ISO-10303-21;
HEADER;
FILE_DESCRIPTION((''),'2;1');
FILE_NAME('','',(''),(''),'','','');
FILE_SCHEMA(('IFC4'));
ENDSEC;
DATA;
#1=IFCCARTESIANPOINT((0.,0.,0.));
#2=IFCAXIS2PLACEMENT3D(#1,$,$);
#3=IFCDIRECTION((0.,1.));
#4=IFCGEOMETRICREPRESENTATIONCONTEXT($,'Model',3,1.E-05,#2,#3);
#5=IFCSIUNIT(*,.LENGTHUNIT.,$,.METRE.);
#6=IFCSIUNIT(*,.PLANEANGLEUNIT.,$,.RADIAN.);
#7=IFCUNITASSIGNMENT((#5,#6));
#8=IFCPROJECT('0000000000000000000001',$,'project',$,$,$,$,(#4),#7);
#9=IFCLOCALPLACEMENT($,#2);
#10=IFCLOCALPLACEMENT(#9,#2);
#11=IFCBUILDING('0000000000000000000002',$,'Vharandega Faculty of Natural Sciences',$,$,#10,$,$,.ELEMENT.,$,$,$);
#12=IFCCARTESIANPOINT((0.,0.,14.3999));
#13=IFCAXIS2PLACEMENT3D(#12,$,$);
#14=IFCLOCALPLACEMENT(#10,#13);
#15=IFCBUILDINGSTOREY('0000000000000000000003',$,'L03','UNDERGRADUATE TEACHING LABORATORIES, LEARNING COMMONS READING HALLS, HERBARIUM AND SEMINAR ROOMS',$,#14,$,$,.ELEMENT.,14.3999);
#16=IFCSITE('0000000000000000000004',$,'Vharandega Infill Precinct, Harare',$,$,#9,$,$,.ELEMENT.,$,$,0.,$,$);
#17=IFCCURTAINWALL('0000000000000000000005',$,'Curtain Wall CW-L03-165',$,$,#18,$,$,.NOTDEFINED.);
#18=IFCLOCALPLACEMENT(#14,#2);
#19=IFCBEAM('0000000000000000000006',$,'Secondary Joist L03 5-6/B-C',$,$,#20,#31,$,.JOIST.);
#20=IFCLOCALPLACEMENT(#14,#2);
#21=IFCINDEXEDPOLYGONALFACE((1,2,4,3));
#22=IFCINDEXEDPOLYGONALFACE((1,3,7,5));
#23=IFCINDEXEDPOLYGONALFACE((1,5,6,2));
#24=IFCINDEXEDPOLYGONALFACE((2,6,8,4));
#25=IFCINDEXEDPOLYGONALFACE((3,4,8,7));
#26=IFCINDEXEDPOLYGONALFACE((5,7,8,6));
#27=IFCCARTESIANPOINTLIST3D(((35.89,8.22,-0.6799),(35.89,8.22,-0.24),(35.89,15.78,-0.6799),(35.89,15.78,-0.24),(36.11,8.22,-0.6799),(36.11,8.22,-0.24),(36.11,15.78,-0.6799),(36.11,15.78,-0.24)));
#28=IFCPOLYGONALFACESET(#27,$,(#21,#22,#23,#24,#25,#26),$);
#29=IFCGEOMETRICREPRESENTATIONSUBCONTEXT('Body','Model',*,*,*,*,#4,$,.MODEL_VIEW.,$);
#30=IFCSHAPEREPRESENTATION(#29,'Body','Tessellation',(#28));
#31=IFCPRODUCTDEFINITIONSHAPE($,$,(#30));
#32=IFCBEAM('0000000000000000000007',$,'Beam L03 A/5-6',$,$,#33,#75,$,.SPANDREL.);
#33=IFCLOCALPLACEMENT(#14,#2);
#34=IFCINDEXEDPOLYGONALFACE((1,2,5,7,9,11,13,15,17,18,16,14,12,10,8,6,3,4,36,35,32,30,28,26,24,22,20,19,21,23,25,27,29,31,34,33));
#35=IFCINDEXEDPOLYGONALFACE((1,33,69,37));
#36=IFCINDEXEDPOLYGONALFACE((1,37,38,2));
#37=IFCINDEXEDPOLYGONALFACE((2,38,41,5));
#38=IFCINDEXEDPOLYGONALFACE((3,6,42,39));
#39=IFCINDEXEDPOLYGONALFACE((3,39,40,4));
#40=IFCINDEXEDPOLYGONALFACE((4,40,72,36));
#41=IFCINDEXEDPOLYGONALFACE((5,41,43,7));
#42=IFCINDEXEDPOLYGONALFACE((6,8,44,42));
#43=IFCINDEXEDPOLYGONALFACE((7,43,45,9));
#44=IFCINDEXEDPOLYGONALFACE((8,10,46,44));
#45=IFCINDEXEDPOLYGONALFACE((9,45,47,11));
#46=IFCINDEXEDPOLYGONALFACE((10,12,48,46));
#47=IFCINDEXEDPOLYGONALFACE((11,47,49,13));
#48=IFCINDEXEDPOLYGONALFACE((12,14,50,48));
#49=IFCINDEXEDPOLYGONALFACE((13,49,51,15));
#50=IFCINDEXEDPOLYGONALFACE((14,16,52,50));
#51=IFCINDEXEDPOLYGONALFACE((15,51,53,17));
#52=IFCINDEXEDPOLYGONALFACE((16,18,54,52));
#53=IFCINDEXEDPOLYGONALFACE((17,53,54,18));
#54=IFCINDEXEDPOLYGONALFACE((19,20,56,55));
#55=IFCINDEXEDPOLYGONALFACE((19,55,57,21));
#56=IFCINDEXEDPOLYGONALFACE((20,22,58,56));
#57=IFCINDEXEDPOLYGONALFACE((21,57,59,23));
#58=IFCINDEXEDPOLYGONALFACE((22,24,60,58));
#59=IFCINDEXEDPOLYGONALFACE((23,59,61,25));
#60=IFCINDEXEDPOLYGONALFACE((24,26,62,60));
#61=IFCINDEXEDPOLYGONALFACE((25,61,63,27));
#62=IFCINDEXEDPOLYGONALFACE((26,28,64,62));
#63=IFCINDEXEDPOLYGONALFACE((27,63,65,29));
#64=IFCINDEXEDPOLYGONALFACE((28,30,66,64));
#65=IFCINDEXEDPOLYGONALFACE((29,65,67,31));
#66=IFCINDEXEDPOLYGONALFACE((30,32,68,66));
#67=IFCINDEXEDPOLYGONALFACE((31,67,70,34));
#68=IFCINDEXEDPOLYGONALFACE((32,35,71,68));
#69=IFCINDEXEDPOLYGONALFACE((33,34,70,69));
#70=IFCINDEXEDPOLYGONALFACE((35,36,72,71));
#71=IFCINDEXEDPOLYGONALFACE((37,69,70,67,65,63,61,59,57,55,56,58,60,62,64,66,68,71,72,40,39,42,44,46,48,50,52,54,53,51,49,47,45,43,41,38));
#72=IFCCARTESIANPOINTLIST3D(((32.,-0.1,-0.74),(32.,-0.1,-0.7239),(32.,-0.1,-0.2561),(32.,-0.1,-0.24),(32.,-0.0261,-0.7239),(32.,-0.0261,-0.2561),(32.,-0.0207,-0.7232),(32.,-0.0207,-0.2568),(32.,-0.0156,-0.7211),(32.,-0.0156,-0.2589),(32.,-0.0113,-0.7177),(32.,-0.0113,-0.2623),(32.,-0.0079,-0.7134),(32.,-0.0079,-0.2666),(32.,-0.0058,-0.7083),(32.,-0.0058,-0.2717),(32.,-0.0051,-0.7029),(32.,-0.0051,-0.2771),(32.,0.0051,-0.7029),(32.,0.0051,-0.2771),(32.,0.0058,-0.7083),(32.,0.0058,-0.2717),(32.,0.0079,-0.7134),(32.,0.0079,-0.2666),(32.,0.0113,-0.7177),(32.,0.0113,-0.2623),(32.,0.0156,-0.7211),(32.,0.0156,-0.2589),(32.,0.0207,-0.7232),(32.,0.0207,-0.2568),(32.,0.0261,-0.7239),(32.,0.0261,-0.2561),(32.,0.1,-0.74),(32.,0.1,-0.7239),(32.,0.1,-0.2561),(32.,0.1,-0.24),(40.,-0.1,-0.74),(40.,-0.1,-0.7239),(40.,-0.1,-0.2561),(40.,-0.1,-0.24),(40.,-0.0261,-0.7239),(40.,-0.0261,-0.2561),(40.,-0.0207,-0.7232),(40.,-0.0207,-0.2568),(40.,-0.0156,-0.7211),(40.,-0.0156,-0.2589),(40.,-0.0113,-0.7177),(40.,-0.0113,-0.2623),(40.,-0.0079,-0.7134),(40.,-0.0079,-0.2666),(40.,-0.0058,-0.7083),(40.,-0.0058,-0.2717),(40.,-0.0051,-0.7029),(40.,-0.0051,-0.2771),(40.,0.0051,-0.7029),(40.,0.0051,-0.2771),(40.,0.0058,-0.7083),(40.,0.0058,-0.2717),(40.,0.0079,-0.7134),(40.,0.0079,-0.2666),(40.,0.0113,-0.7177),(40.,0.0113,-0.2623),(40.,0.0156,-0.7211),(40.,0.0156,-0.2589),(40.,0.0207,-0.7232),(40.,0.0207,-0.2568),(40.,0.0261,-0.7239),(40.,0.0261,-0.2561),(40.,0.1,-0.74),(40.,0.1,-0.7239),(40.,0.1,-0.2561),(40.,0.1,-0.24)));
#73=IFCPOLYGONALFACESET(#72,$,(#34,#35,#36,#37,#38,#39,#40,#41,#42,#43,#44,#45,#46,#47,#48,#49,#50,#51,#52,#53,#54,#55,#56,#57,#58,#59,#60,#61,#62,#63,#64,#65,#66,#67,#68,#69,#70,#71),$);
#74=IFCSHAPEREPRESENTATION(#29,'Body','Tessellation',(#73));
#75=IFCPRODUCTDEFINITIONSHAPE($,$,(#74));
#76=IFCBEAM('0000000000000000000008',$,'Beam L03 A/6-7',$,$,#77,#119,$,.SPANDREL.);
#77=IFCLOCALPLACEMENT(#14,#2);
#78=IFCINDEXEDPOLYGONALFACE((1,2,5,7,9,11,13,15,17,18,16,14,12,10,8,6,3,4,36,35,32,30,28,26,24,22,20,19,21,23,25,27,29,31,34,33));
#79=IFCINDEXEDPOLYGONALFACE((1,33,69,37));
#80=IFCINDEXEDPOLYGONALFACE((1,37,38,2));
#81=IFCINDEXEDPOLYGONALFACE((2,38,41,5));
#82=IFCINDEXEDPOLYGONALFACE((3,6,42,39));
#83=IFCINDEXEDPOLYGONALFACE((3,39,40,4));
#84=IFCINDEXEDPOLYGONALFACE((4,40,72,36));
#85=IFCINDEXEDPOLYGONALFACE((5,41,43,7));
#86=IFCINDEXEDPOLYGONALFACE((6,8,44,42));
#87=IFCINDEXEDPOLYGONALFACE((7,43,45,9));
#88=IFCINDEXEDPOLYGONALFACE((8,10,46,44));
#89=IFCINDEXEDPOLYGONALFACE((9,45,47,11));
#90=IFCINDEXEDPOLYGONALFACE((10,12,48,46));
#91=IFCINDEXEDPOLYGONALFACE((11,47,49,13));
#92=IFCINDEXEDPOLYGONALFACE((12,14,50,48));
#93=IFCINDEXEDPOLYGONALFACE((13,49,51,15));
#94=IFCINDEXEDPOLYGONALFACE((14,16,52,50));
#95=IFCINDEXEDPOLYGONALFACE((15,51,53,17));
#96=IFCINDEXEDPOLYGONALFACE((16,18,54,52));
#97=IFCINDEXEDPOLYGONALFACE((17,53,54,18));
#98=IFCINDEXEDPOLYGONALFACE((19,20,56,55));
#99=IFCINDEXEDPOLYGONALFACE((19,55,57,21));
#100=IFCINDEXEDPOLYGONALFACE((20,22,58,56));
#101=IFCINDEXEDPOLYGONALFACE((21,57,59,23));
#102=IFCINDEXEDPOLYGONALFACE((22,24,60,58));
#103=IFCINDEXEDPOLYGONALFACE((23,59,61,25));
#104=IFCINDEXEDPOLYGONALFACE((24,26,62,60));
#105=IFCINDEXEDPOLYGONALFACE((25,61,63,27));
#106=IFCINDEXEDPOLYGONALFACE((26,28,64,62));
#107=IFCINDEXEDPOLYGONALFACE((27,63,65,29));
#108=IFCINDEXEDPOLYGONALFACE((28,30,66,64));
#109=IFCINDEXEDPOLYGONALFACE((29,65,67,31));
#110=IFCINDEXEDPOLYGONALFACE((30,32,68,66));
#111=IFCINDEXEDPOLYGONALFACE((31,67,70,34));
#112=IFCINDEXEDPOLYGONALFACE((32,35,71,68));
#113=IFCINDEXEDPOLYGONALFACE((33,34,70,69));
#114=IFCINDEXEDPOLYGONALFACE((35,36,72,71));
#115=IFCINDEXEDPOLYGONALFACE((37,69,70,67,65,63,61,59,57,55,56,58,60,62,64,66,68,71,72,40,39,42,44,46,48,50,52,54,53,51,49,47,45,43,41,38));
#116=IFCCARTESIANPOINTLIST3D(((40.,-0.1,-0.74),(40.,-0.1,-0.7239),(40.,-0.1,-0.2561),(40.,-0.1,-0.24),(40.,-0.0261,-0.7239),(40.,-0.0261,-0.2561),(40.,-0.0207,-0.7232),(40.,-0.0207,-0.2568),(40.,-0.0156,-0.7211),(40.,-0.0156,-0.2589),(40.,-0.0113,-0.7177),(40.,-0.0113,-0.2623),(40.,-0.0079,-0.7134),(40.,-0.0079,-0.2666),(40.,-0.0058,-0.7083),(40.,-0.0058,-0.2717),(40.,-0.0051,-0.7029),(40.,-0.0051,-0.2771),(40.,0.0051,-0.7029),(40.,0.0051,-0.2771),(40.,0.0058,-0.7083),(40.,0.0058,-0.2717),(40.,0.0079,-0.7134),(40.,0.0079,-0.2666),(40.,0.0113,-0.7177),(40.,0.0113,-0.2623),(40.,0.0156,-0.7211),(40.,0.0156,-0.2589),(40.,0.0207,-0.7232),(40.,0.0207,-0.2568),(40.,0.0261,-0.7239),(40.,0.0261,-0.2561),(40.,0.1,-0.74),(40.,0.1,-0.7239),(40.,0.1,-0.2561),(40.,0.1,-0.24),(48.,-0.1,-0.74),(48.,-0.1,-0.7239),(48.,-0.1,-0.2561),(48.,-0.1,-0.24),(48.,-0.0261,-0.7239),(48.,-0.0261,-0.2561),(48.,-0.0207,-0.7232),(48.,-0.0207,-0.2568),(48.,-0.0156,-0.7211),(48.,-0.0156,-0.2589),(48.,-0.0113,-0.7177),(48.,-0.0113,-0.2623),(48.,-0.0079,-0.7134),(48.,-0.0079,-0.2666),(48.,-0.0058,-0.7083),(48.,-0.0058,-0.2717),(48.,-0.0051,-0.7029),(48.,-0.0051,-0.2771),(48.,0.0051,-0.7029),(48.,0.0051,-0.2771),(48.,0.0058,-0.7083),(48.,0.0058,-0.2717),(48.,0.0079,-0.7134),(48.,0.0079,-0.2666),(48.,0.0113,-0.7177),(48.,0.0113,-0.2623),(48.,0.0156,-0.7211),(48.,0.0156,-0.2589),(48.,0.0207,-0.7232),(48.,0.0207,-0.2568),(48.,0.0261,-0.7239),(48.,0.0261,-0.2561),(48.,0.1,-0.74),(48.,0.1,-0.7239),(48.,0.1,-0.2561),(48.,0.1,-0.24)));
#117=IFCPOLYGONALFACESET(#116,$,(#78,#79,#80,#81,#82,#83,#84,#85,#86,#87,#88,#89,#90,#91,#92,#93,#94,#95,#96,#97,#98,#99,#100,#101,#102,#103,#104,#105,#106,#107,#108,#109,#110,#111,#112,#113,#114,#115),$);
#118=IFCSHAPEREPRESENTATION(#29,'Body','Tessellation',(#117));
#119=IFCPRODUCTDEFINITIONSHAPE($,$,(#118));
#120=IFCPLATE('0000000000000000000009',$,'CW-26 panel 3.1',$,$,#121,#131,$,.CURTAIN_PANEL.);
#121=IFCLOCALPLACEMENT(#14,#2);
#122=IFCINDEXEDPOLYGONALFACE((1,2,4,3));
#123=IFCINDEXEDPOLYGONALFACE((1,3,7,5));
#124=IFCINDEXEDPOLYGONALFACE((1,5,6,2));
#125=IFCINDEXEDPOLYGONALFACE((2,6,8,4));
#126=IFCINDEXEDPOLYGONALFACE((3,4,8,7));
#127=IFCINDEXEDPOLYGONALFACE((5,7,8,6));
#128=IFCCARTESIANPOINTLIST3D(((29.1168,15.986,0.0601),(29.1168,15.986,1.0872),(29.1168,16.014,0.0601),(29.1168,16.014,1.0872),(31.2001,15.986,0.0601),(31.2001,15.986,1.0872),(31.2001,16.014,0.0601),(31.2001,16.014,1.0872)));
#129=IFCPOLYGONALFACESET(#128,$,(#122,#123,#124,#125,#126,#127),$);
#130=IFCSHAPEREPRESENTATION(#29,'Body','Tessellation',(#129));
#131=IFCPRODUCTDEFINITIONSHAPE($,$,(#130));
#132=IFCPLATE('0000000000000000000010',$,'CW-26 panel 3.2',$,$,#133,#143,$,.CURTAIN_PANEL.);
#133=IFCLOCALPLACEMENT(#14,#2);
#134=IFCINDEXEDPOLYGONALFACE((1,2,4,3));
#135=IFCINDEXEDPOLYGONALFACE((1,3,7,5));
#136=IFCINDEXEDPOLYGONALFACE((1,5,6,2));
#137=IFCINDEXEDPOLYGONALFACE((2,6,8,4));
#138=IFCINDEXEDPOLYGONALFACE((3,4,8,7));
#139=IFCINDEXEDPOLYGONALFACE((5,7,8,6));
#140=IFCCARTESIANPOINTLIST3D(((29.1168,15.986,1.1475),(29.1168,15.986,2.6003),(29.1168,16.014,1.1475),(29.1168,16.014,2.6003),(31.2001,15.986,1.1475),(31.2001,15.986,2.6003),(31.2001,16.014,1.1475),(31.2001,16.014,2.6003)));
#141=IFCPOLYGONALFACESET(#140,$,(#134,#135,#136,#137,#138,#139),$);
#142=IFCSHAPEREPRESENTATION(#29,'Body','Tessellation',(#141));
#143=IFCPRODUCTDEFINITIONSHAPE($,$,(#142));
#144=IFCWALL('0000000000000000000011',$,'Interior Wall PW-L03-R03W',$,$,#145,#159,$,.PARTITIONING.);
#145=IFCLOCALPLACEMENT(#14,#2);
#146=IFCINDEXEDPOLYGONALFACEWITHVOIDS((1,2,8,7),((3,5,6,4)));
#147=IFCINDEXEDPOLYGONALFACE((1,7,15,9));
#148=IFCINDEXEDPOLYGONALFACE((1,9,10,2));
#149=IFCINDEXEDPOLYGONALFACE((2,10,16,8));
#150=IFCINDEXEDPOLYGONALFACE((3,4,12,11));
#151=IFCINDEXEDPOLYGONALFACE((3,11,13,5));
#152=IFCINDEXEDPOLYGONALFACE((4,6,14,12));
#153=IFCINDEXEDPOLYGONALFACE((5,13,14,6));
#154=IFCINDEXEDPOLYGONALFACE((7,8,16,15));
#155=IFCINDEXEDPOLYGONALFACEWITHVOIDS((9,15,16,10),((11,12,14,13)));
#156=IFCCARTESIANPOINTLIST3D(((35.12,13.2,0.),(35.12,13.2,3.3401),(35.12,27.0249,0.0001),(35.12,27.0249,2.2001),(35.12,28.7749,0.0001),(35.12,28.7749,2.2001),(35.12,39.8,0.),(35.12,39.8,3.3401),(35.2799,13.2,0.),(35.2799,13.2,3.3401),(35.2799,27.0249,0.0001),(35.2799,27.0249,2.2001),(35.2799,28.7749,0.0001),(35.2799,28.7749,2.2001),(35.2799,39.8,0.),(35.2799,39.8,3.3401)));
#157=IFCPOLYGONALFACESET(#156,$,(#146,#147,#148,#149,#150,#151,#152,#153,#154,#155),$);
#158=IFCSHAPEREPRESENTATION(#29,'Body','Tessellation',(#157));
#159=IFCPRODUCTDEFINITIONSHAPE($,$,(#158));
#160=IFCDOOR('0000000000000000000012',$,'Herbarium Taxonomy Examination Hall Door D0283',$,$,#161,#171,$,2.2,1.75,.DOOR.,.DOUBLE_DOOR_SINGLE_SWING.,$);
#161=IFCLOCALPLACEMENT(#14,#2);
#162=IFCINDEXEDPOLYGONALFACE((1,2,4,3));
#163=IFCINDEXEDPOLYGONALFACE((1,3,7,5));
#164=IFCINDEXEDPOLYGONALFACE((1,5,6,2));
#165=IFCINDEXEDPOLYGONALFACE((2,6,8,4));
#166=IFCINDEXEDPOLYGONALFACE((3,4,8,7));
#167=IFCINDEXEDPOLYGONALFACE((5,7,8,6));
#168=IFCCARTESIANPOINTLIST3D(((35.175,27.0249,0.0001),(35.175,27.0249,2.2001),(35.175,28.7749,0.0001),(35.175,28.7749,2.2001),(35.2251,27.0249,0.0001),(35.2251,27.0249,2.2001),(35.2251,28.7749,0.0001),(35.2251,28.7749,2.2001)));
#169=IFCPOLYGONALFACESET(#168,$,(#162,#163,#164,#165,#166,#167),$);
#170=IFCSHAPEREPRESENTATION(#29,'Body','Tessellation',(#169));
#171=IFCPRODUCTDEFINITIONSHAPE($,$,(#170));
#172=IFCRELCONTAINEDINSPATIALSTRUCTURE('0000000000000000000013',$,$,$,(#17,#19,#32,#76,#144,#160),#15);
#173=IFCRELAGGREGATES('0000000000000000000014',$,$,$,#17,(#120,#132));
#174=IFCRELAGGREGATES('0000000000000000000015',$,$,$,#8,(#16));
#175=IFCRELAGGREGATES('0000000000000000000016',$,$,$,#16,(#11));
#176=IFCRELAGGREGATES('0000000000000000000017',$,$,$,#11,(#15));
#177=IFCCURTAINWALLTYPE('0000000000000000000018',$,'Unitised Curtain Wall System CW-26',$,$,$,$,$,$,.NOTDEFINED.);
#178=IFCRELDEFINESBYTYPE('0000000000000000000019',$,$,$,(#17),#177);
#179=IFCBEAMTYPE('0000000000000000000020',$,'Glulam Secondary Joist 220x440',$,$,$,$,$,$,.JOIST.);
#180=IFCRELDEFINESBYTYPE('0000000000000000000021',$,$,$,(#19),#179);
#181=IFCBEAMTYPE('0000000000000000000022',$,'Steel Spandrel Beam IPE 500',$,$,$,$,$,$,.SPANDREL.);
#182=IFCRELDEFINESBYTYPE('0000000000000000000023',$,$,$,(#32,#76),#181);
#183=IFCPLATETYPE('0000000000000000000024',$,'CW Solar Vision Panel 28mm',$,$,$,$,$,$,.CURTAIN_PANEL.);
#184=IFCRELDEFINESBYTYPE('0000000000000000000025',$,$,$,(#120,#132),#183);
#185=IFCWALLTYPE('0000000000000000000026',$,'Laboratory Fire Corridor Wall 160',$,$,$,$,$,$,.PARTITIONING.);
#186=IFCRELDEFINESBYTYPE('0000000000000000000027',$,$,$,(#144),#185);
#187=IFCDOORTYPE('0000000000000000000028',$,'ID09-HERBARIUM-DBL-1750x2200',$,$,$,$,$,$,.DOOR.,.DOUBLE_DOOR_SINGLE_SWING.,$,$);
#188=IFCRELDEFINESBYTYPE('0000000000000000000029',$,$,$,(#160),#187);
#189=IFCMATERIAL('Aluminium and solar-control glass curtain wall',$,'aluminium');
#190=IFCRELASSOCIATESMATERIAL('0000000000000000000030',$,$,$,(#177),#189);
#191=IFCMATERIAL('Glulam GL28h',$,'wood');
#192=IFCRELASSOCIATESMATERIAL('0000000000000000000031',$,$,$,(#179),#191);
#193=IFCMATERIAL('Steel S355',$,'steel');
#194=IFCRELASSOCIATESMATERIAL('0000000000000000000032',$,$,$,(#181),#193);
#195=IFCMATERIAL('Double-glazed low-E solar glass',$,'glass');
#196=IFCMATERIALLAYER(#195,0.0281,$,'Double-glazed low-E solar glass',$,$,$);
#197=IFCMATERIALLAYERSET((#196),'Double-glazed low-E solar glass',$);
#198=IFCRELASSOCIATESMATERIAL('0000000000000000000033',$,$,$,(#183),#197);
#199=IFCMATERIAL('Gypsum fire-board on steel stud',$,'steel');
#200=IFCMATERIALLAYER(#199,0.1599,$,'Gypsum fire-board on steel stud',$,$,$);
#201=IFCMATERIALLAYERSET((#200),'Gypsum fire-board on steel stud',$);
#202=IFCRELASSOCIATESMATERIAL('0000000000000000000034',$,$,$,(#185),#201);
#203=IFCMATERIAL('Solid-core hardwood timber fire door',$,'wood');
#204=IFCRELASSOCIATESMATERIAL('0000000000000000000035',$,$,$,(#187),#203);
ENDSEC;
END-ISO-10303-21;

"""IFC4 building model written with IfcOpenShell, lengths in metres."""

from ifc_helpers import new_model, si_unit, direction, frame, frame_2d, origin, origin_2d, place, context, subcontext, project, spatial, rectangle, i_section, extrude, material, layer, layer_set, material_profile, profile_set, type_object, element, fill, aggregate, save


model = new_model("IFC4")

# Units and contexts
model_context = context("Model", 3, precision=1e-05, world=origin(), true_north=direction((0.0, 1.0)))
body_context = subcontext(model_context, "Body", "Model", "MODEL_VIEW")
ifc_project = project(units=[si_unit("LENGTHUNIT", "METRE"), si_unit("PLANEANGLEUNIT", "RADIAN")], contexts=[model_context])

# Site, building, storey
site_placement = place(None, origin())
site = spatial("IfcSite", under=ifc_project, at=site_placement, Name="Vharandega Infill Precinct, Harare", CompositionType="ELEMENT", RefElevation=0.0)
building_placement = place(site_placement, origin())
building = spatial("IfcBuilding", under=site, at=building_placement, Name="Vharandega Faculty of Natural Sciences", CompositionType="ELEMENT")
storey_placement = place(building_placement, frame((0.0, 0.0, 14.3999)))
storey = spatial("IfcBuildingStorey", under=building, at=storey_placement, Name="L03", Description="UNDERGRADUATE TEACHING LABORATORIES, LEARNING COMMONS READING HALLS, HERBARIUM AND SEMINAR ROOMS", CompositionType="ELEMENT", Elevation=14.3999)

# Curtain wall
ifc_material_1 = material(Name="Aluminium and solar-control glass curtain wall", Category="aluminium")
curtain_wall_type = type_object("IfcCurtainWallType", Name="Unitised Curtain Wall System CW-26", PredefinedType="NOTDEFINED", material=ifc_material_1)
curtain_wall_placement = place(storey_placement, origin())
curtain_wall = element("IfcCurtainWall", 1, at=curtain_wall_placement, inside=storey, type_object=curtain_wall_type, Name="Curtain Wall CW-L03-165", PredefinedType="NOTDEFINED")

# Beams
ifc_material_2 = material(Name="Glulam GL28h", Category="wood")
ifc_material_profile_1 = material_profile(ifc_material_2, rectangle(XDim=0.22, YDim=0.4399, at=origin_2d()), Name="GL28h 220x440")
ifc_profile_set_1 = profile_set([ifc_material_profile_1], Name="Glulam GL28h")
beam_type_1 = type_object("IfcBeamType", Name="Glulam Secondary Joist 220x440", PredefinedType="JOIST", material=ifc_profile_set_1)
beam_1_placement = place(storey_placement, frame((36.0, 8.22, -0.46), z_axis=(0.0, 1.0, 0.0), x_axis=(-1.0, 0.0, 0.0)))
element("IfcBeam", 2, at=beam_1_placement, inside=storey, type_object=beam_type_1, Name="Secondary Joist L03 5-6/B-C", PredefinedType="JOIST", context=body_context, shape_type="SweptSolid", body=[
    extrude(rectangle(XDim=0.22, YDim=0.4399, at=origin_2d()), origin(), (0.0, 0.0, 1.0), 7.5601),
])
ifc_material_3 = material(Name="Steel S355", Category="steel")
ifc_material_profile_2 = material_profile(ifc_material_3, i_section(OverallWidth=0.2, OverallDepth=0.5, WebThickness=0.0103, FlangeThickness=0.0161, FilletRadius=0.021, at=origin_2d()), Name="IPE 500")
ifc_profile_set_2 = profile_set([ifc_material_profile_2], Name="Steel S355")
beam_type_2 = type_object("IfcBeamType", Name="Steel Spandrel Beam IPE 500", PredefinedType="SPANDREL", material=ifc_profile_set_2)
for number, where, z_axis, x_axis, name in (
    (3, (32.0, 0.0, -0.49), (1.0, 0.0, 0.0), (0.0, 1.0, 0.0), "Beam L03 A/5-6"),
    (4, (40.0, 0.0, -0.49), (1.0, 0.0, 0.0), (0.0, 1.0, 0.0), "Beam L03 A/6-7"),
):
    element("IfcBeam", number, at=place(storey_placement, frame(where, z_axis=z_axis, x_axis=x_axis)), inside=storey, type_object=beam_type_2, Name=name, PredefinedType="SPANDREL", context=body_context, shape_type="SweptSolid", body=[
        extrude(i_section(OverallWidth=0.2, OverallDepth=0.5, WebThickness=0.0103, FlangeThickness=0.0161, FilletRadius=0.021, at=origin_2d()), origin(), (0.0, 0.0, 1.0), 8.0),
    ])

# Plates
ifc_material_4 = material(Name="Double-glazed low-E solar glass", Category="glass")
ifc_layer_1 = layer(ifc_material_4, 0.0281, Name="Double-glazed low-E solar glass")
ifc_layer_set_1 = layer_set([ifc_layer_1], Name="Double-glazed low-E solar glass")
plate_type = type_object("IfcPlateType", Name="CW Solar Vision Panel 28mm", PredefinedType="CURTAIN_PANEL", material=ifc_layer_set_1)
plate_1_placement = place(storey_placement, frame((30.1584, 16.0, 0.0601), z_axis=(0.0, 0.0, 1.0), x_axis=(1.0, 0.0, 0.0)))
plate_1 = element("IfcPlate", 5, at=plate_1_placement, type_object=plate_type, Name="CW-26 panel 3.1", PredefinedType="CURTAIN_PANEL", context=body_context, shape_type="SweptSolid", body=[
    extrude(rectangle(XDim=2.0833, YDim=0.0281, at=origin_2d()), origin(), (0.0, 0.0, 1.0), 1.0271),
])
plate_2_placement = place(storey_placement, frame((30.1584, 16.0, 1.1475), z_axis=(0.0, 0.0, 1.0), x_axis=(1.0, 0.0, 0.0)))
plate_2 = element("IfcPlate", 6, at=plate_2_placement, type_object=plate_type, Name="CW-26 panel 3.2", PredefinedType="CURTAIN_PANEL", context=body_context, shape_type="SweptSolid", body=[
    extrude(rectangle(XDim=2.0833, YDim=0.0281, at=origin_2d()), origin(), (0.0, 0.0, 1.0), 1.4529),
])
aggregate(curtain_wall, [plate_1, plate_2])

# Wall, opening, door
ifc_material_5 = material(Name="Gypsum fire-board on steel stud", Category="steel")
ifc_layer_2 = layer(ifc_material_5, 0.1599, Name="Gypsum fire-board on steel stud")
ifc_layer_set_2 = layer_set([ifc_layer_2], Name="Gypsum fire-board on steel stud")
wall_type_1 = type_object("IfcWallType", Name="Laboratory Fire Corridor Wall 160", PredefinedType="PARTITIONING", material=ifc_layer_set_2)
wall_1_placement = place(storey_placement, frame((35.2, 13.2, 0.0), z_axis=(0.0, 0.0, 1.0), x_axis=(0.0, 1.0, 0.0)))
wall_1 = element("IfcWall", 7, at=wall_1_placement, inside=storey, type_object=wall_type_1, Name="Interior Wall PW-L03-R03W", PredefinedType="PARTITIONING", context=body_context, shape_type="SweptSolid", body=[
    extrude(rectangle(XDim=26.6001, YDim=0.1599, at=frame_2d((13.3, 0.0))), origin(), (0.0, 0.0, 1.0), 3.3401),
])
opening_1_placement = place(wall_1_placement, frame((13.825, 0.0, 0.0)))
opening_1 = element("IfcOpeningElement", 8, at=opening_1_placement, cuts=wall_1, PredefinedType="OPENING", context=body_context, shape_type="SweptSolid", body=[
    extrude(rectangle(XDim=1.75, YDim=2.2, at=frame_2d((0.875, 1.1001))), frame((0.0, 0.0898, 0.0), z_axis=(0.0, -1.0, 0.0), x_axis=(1.0, 0.0, 0.0)), (0.0, 0.0, 1.0), 0.1799),
])
ifc_material_6 = material(Name="Solid-core hardwood timber fire door", Category="wood")
door_type = type_object("IfcDoorType", Name="ID09-HERBARIUM-DBL-1750x2200", OperationType="DOUBLE_DOOR_SINGLE_SWING", PredefinedType="DOOR", material=ifc_material_6)
door_placement = place(opening_1_placement, origin())
door = element("IfcDoor", 9, at=door_placement, inside=storey, type_object=door_type, Name="Herbarium Taxonomy Examination Hall Door D0283", OperationType="DOUBLE_DOOR_SINGLE_SWING", OverallHeight=2.2, OverallWidth=1.75, PredefinedType="DOOR", context=body_context, shape_type="SweptSolid", body=[
    extrude(rectangle(XDim=1.75, YDim=2.2, at=frame_2d((0.875, 1.1001))), frame((0.0, 0.0249, 0.0), z_axis=(0.0, -1.0, 0.0), x_axis=(1.0, 0.0, 0.0)), (0.0, 0.0, 1.0), 0.05),
])
fill(opening_1, door)

save(model, "model.ifc")
